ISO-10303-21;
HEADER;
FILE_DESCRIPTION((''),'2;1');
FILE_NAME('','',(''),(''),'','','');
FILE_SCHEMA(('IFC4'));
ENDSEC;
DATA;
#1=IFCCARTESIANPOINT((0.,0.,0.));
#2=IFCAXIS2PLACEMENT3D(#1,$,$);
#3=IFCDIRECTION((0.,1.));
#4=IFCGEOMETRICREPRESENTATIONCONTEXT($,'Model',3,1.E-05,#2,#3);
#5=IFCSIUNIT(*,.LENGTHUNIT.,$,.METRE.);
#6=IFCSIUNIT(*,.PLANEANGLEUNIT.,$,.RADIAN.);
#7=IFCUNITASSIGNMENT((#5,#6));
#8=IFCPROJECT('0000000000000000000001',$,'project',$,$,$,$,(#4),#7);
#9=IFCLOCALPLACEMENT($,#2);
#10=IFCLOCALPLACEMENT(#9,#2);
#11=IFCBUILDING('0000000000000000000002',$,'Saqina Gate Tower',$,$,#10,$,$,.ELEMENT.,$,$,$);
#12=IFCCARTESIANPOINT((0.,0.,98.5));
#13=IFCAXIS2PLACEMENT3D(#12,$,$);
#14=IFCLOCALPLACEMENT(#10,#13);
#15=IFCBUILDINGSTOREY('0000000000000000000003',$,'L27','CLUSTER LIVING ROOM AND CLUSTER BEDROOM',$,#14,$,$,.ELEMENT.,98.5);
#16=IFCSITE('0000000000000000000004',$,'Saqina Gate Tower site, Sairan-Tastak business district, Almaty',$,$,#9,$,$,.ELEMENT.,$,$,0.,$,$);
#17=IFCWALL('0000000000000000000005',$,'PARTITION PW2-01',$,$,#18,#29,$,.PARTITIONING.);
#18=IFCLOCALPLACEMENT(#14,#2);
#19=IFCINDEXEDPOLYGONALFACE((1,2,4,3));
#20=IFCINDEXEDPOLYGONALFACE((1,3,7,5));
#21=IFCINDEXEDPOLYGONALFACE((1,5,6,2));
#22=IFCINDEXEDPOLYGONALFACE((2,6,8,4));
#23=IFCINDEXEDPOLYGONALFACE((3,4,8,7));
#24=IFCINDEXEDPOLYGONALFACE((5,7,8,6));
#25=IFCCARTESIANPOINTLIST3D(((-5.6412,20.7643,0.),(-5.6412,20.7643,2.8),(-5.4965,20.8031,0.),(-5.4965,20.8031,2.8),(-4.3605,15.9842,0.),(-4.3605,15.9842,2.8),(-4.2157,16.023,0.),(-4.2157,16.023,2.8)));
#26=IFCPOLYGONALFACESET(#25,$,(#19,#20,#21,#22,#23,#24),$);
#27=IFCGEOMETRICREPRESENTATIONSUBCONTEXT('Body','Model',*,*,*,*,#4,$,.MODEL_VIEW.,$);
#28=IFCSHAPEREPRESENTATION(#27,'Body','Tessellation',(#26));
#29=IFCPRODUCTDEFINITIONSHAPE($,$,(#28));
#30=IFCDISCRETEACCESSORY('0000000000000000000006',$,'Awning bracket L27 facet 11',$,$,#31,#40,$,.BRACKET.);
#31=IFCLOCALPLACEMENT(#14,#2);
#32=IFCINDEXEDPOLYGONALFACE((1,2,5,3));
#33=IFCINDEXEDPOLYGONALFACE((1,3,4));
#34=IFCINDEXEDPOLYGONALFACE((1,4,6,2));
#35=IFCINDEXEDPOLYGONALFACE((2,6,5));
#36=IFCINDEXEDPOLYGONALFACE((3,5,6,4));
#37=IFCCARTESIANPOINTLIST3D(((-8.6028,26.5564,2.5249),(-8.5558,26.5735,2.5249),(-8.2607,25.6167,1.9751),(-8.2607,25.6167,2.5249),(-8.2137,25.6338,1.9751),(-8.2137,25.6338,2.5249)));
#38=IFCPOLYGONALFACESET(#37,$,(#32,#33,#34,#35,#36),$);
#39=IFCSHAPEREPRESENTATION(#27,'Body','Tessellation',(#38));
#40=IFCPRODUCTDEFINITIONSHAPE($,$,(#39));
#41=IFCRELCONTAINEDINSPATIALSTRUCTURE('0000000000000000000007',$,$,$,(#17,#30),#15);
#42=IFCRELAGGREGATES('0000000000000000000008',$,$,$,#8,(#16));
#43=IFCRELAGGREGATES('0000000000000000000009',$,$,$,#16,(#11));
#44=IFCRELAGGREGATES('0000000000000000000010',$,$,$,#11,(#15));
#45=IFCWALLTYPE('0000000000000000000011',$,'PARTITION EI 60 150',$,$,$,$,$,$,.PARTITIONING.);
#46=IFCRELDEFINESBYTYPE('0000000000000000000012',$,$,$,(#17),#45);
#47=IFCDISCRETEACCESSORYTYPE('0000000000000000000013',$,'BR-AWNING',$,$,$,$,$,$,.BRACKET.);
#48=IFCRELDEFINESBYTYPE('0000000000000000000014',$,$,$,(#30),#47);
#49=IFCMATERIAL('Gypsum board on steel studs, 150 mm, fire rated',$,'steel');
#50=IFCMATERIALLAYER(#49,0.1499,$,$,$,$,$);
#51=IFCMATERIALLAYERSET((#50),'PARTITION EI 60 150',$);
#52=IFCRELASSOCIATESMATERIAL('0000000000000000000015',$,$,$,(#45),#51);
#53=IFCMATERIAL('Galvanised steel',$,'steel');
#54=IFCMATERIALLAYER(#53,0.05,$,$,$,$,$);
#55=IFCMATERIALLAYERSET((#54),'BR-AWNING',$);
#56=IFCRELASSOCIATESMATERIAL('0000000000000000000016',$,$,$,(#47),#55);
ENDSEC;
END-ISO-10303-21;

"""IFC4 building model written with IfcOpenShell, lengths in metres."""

from ifc_helpers import new_model, si_unit, direction, frame, frame_2d, origin, place, context, subcontext, project, spatial, polyline, rectangle, outline, extrude, material, layer, layer_set, type_object, element, save


model = new_model("IFC4")

# Units and contexts
model_context = context("Model", 3, precision=1e-05, world=origin(), true_north=direction((0.0, 1.0)))
body_context = subcontext(model_context, "Body", "Model", "MODEL_VIEW")
ifc_project = project(units=[si_unit("LENGTHUNIT", "METRE"), si_unit("PLANEANGLEUNIT", "RADIAN")], contexts=[model_context])

# Site, building, storey
site_placement = place(None, origin())
site = spatial("IfcSite", under=ifc_project, at=site_placement, Name="Saqina Gate Tower site, Sairan-Tastak business district, Almaty", CompositionType="ELEMENT", RefElevation=0.0)
building_placement = place(site_placement, origin())
building = spatial("IfcBuilding", under=site, at=building_placement, Name="Saqina Gate Tower", CompositionType="ELEMENT")
storey_placement = place(building_placement, frame((0.0, 0.0, 98.5)))
storey = spatial("IfcBuildingStorey", under=building, at=storey_placement, Name="L27", Description="CLUSTER LIVING ROOM AND CLUSTER BEDROOM", CompositionType="ELEMENT", Elevation=98.5)

# Wall
ifc_material_1 = material(Name="Gypsum board on steel studs, 150 mm, fire rated", Category="steel")
ifc_layer_1 = layer(ifc_material_1, 0.1499)
ifc_layer_set_1 = layer_set([ifc_layer_1], Name="PARTITION EI 60 150")
wall_type_1 = type_object("IfcWallType", Name="PARTITION EI 60 150", PredefinedType="PARTITIONING", material=ifc_layer_set_1)
wall_1_placement = place(storey_placement, frame((-5.5688, 20.7837, 0.0), z_axis=(0.0, 0.0, 1.0), x_axis=(0.258811, -0.965928, 0.0)))
element("IfcWall", 1, at=wall_1_placement, inside=storey, type_object=wall_type_1, Name="PARTITION PW2-01", PredefinedType="PARTITIONING", context=body_context, shape_type="SweptSolid", body=[
    extrude(rectangle(XDim=4.9487, YDim=0.1499, at=frame_2d((2.4744, 0.0))), origin(), (0.0, 0.0, 1.0), 2.8),
])

# Discrete accessory
ifc_material_2 = material(Name="Galvanised steel", Category="steel")
ifc_layer_2 = layer(ifc_material_2, 0.05)
ifc_layer_set_2 = layer_set([ifc_layer_2], Name="BR-AWNING")
discrete_accessory_type = type_object("IfcDiscreteAccessoryType", Name="BR-AWNING", PredefinedType="BRACKET", material=ifc_layer_set_2)
discrete_accessory_placement = place(storey_placement, frame((-8.2607, 25.6167, 1.9751), z_axis=(-0.939686, -0.342037, 0.0), x_axis=(0.0, 0.0, 1.0)))
element("IfcDiscreteAccessory", 2, at=discrete_accessory_placement, inside=storey, type_object=discrete_accessory_type, Name="Awning bracket L27 facet 11", PredefinedType="BRACKET", context=body_context, shape_type="SweptSolid", body=[
    extrude(outline(polyline([(0.0, 0.0), (0.5498, 0.0), (0.5498, 1.0), (0.0, 0.0)])), origin(), (0.0, 0.0, -1.0), 0.05),
])

save(model, "model.ifc")
